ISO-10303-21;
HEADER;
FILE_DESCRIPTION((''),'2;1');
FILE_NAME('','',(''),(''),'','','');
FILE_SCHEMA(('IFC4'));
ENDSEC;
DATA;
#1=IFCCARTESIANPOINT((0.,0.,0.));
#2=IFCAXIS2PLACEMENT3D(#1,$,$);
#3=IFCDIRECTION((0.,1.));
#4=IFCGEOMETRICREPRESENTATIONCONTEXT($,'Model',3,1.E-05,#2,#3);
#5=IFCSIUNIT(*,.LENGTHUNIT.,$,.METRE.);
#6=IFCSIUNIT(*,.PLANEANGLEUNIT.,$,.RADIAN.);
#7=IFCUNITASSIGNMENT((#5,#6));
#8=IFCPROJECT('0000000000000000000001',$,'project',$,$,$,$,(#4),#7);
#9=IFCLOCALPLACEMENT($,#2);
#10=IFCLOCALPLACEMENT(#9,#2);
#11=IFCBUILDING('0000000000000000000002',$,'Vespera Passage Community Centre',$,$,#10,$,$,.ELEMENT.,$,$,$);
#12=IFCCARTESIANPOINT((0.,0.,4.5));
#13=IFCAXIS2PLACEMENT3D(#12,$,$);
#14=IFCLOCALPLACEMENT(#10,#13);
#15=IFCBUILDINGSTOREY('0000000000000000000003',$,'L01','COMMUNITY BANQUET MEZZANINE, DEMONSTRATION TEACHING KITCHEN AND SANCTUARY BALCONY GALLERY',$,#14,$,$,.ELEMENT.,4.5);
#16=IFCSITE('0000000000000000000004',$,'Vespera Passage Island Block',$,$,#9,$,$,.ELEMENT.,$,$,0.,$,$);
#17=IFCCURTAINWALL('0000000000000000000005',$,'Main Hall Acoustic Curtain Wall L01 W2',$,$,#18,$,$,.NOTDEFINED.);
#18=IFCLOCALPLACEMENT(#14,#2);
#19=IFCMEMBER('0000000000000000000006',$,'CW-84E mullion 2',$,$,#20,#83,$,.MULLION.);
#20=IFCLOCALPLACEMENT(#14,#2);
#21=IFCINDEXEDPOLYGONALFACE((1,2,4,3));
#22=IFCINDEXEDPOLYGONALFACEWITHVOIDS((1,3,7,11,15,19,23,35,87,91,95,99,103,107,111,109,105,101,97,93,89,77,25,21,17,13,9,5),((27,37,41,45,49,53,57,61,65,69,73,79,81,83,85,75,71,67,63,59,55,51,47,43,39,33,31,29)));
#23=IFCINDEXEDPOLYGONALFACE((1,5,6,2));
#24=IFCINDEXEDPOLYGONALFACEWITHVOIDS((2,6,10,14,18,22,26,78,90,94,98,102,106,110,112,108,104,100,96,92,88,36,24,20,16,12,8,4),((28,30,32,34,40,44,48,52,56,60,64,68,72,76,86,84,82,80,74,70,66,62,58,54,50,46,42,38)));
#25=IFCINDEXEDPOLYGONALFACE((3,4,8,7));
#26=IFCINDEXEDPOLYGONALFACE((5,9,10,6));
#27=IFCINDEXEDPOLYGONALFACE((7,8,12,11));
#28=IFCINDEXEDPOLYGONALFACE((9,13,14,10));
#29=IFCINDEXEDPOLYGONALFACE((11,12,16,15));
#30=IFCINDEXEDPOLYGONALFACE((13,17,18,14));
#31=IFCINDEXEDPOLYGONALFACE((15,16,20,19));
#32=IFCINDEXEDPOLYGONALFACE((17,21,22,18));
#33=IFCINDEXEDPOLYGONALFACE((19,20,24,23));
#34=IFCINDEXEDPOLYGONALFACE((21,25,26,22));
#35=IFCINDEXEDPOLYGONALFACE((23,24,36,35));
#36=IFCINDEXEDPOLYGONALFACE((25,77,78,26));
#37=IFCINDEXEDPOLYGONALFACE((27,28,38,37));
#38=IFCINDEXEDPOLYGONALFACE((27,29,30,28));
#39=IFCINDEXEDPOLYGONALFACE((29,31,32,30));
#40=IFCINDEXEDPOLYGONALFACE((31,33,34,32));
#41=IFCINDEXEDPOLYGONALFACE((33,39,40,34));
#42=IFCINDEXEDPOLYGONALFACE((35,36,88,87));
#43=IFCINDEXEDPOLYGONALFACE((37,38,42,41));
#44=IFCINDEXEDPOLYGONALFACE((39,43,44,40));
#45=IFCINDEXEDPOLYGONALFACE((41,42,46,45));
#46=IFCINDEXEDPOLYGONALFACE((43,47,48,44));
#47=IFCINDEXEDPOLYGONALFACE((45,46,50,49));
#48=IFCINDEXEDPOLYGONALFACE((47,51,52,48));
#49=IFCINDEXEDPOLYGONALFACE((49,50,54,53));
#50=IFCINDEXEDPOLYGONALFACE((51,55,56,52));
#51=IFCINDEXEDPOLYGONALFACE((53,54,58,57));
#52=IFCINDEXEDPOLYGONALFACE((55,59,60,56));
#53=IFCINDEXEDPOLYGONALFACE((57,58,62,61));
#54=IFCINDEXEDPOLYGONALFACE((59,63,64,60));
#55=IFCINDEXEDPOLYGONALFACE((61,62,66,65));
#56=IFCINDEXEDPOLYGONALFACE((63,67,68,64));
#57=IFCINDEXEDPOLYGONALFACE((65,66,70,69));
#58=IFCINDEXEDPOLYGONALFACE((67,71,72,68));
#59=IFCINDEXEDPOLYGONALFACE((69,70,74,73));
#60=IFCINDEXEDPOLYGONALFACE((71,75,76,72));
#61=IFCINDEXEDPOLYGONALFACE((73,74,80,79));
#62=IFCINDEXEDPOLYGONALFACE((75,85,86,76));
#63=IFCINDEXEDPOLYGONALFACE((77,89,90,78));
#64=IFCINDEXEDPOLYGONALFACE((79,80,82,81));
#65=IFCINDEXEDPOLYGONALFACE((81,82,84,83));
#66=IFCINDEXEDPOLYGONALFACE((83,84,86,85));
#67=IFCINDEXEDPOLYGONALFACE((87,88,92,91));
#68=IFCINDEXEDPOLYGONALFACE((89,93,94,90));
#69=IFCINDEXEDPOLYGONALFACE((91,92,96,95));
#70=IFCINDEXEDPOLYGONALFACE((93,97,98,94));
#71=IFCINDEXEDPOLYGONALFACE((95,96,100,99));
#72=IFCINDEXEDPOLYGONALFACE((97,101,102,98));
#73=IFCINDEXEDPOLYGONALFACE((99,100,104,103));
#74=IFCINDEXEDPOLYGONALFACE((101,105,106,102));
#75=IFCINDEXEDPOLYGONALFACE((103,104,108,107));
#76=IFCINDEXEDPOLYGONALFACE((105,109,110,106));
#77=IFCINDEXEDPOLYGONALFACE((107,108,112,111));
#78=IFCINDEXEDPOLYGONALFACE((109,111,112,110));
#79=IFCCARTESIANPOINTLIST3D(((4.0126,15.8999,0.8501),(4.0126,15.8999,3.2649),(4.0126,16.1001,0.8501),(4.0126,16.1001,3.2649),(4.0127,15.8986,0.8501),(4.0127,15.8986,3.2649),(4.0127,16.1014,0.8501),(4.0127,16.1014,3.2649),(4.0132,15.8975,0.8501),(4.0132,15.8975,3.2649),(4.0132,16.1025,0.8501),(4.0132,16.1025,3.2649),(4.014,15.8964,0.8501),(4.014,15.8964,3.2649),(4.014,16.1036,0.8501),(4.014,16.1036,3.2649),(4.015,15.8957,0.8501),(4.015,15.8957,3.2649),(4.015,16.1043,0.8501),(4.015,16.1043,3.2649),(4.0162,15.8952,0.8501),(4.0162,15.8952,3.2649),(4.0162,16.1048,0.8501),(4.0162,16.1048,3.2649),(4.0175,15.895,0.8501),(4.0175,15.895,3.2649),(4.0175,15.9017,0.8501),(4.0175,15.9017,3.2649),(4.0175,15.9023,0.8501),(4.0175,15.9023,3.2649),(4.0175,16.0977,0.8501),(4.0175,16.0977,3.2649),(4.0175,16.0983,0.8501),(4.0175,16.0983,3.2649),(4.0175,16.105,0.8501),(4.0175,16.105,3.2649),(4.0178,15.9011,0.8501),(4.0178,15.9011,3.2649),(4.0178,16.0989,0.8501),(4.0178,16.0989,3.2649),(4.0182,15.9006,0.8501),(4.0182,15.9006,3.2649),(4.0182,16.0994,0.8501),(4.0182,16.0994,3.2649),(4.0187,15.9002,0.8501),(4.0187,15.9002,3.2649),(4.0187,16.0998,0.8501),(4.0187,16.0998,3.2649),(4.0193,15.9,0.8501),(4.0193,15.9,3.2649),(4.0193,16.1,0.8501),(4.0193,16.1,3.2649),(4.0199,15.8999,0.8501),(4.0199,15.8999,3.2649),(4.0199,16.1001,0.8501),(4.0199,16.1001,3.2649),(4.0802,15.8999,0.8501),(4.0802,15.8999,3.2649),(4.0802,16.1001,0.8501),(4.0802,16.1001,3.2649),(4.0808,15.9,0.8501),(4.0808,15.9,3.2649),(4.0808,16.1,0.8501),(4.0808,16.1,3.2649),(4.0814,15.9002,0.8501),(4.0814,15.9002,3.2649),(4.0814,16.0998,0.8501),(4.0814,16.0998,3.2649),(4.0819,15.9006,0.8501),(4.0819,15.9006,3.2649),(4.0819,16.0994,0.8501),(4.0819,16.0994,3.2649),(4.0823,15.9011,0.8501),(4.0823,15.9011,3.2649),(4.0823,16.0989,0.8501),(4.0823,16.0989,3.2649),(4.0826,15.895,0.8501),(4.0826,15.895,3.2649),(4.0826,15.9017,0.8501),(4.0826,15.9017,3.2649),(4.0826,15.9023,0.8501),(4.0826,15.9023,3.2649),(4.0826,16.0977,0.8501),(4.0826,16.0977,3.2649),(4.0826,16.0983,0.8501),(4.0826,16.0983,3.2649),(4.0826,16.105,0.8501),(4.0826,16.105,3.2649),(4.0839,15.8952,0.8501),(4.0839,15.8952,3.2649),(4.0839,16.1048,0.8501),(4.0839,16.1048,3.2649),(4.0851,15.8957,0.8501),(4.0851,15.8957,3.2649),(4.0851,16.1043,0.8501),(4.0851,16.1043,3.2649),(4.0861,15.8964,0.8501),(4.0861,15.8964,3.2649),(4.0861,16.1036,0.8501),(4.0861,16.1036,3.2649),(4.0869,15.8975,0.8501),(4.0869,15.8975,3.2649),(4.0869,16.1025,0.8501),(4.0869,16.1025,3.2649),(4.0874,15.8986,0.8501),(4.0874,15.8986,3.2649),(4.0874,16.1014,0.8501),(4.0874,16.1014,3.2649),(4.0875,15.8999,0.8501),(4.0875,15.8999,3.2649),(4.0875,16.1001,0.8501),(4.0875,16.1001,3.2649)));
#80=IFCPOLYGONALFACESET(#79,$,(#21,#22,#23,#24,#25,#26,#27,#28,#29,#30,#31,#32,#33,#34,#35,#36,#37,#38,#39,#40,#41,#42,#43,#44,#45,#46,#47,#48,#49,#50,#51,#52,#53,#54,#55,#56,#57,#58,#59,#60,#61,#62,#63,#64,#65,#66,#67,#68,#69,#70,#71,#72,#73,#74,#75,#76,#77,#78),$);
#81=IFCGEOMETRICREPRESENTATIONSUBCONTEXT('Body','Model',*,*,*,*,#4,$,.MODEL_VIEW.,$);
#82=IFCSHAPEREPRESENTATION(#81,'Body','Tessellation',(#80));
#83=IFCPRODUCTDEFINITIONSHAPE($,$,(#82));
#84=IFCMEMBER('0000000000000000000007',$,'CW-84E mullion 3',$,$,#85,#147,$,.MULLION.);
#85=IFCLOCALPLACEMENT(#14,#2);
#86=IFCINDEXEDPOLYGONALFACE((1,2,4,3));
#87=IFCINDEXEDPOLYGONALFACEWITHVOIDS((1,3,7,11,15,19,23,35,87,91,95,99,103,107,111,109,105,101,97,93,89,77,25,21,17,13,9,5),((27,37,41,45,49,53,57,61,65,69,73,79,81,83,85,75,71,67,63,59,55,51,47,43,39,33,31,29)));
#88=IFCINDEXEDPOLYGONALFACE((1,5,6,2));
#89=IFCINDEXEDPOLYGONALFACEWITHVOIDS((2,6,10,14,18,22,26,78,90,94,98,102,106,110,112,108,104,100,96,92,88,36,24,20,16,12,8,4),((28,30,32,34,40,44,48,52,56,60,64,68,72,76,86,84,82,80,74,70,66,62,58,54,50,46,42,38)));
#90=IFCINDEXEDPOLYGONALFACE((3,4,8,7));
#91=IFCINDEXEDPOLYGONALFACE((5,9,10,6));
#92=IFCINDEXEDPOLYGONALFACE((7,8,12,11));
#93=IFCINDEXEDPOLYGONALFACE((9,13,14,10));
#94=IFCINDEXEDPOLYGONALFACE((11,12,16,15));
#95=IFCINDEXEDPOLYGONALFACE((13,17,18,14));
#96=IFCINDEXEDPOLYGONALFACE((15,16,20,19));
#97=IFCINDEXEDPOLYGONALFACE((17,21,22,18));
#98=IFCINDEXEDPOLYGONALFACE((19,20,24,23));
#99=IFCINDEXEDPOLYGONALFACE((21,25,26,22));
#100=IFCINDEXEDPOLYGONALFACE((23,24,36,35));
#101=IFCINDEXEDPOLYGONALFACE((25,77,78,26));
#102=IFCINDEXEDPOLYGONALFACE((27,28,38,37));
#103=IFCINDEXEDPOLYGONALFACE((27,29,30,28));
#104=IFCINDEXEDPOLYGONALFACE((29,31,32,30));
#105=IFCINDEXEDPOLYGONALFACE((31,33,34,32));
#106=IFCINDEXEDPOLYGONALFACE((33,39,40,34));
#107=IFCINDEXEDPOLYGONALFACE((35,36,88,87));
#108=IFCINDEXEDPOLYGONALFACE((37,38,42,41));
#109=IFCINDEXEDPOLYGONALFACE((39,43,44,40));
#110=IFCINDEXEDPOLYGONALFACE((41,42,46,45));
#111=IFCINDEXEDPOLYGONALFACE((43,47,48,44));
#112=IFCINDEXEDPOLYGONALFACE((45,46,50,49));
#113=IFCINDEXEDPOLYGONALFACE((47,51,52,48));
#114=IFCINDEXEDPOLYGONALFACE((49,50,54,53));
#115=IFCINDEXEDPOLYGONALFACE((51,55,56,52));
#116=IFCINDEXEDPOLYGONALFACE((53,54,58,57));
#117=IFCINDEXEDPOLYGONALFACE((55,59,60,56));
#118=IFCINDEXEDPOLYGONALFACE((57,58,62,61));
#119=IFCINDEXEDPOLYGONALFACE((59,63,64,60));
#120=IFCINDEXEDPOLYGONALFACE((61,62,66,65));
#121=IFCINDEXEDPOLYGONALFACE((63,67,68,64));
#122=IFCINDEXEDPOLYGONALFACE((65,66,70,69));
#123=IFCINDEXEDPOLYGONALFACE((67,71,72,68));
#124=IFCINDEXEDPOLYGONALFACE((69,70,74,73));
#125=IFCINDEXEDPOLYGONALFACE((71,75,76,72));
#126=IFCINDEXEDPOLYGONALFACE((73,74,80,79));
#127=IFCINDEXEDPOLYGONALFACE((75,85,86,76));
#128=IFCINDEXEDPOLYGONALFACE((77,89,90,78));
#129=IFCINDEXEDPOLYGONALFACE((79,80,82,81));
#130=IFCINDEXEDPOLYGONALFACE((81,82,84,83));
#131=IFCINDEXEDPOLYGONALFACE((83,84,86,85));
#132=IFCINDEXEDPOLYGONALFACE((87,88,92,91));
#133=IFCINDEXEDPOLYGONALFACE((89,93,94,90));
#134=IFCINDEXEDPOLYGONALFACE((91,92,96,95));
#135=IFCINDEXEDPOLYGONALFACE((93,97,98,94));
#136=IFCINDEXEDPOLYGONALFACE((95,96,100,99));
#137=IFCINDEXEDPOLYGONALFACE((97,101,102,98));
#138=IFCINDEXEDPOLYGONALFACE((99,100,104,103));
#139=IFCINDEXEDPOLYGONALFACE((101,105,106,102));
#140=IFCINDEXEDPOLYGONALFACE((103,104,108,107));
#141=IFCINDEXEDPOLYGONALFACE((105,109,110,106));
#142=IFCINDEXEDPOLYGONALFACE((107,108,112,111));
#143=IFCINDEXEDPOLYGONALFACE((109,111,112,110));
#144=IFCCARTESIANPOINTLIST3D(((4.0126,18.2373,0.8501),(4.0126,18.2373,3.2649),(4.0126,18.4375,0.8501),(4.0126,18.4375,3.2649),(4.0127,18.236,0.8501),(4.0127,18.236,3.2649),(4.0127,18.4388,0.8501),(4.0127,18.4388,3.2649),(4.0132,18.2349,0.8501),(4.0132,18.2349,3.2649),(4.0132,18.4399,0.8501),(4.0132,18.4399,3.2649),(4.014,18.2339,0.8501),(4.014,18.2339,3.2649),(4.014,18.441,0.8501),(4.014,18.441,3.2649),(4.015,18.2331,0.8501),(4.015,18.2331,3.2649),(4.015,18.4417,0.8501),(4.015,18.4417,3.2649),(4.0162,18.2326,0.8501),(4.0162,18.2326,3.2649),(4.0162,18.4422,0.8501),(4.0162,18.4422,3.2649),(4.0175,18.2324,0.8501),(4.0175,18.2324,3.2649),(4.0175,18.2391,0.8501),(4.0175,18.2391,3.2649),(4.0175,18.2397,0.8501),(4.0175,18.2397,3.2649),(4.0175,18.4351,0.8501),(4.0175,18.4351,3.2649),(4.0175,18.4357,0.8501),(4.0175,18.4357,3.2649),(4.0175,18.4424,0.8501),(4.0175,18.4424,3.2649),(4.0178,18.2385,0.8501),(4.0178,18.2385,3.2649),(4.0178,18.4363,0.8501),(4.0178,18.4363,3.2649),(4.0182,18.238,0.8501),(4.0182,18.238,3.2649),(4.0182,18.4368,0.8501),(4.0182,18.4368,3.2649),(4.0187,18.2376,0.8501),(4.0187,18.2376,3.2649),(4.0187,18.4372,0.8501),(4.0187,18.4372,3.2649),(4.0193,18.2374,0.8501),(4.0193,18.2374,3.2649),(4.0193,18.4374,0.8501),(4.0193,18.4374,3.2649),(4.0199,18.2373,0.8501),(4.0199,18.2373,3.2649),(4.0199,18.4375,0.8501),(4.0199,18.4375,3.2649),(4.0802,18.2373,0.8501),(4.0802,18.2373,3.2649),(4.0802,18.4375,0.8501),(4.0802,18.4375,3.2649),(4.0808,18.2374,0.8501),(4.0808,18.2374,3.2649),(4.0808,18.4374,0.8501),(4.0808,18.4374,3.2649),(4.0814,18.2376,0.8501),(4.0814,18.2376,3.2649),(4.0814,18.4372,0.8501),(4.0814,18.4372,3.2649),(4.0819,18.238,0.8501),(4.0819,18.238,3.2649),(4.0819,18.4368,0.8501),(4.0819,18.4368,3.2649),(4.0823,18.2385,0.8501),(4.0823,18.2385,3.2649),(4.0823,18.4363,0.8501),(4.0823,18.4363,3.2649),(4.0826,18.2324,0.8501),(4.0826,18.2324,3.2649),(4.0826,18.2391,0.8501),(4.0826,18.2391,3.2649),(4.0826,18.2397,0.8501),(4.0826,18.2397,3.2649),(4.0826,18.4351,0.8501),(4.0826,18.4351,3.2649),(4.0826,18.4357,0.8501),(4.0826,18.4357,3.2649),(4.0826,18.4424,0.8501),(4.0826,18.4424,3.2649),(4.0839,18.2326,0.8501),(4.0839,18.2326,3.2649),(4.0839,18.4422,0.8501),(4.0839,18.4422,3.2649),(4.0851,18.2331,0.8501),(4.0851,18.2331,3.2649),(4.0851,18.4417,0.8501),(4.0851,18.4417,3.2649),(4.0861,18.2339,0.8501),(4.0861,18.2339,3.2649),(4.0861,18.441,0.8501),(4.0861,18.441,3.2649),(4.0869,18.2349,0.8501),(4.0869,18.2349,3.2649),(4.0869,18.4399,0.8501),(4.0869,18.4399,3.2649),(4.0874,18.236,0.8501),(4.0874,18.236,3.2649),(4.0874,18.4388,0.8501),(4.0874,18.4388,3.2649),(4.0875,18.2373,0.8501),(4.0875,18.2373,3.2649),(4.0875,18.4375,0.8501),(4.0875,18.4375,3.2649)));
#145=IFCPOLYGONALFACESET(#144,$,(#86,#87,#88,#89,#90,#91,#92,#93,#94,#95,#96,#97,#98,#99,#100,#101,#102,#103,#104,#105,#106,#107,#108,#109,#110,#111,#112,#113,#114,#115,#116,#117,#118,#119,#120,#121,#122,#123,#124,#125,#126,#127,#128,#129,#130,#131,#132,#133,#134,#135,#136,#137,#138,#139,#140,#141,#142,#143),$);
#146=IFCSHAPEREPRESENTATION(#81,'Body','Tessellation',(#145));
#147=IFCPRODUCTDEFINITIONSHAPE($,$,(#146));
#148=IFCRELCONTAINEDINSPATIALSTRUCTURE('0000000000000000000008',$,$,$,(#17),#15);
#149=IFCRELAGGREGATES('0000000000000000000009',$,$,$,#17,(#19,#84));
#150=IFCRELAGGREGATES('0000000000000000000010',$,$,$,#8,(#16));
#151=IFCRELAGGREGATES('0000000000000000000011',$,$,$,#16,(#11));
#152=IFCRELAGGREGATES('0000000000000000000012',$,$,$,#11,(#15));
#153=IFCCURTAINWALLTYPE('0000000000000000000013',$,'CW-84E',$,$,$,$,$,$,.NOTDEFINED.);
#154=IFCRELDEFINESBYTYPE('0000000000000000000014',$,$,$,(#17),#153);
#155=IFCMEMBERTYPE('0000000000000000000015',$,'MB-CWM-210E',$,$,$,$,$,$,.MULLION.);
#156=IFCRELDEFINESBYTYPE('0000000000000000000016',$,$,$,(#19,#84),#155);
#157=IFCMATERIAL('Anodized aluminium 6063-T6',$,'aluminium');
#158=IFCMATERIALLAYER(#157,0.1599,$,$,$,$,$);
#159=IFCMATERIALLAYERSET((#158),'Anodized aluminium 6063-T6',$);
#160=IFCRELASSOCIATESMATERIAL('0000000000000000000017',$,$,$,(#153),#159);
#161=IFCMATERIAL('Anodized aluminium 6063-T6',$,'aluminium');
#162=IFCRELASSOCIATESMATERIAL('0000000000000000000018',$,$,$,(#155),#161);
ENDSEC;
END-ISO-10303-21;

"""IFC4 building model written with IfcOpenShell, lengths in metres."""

from ifc_helpers import new_model, si_unit, direction, frame, origin, origin_2d, place, context, subcontext, project, spatial, hollow_rectangle, extrude, material, layer, layer_set, material_profile, profile_set, type_object, element, aggregate, save


model = new_model("IFC4")

# Units and contexts
model_context = context("Model", 3, precision=1e-05, world=origin(), true_north=direction((0.0, 1.0)))
body_context = subcontext(model_context, "Body", "Model", "MODEL_VIEW")
ifc_project = project(units=[si_unit("LENGTHUNIT", "METRE"), si_unit("PLANEANGLEUNIT", "RADIAN")], contexts=[model_context])

# Site, building, storey
site_placement = place(None, origin())
site = spatial("IfcSite", under=ifc_project, at=site_placement, Name="Vespera Passage Island Block", CompositionType="ELEMENT", RefElevation=0.0)
building_placement = place(site_placement, origin())
building = spatial("IfcBuilding", under=site, at=building_placement, Name="Vespera Passage Community Centre", CompositionType="ELEMENT")
storey_placement = place(building_placement, frame((0.0, 0.0, 4.5)))
storey = spatial("IfcBuildingStorey", under=building, at=storey_placement, Name="L01", Description="COMMUNITY BANQUET MEZZANINE, DEMONSTRATION TEACHING KITCHEN AND SANCTUARY BALCONY GALLERY", CompositionType="ELEMENT", Elevation=4.5)

# Curtain wall, members
ifc_material_1 = material(Name="Anodized aluminium 6063-T6", Category="aluminium")
ifc_layer_1 = layer(ifc_material_1, 0.1599)
ifc_layer_set_1 = layer_set([ifc_layer_1], Name="Anodized aluminium 6063-T6")
curtain_wall_type = type_object("IfcCurtainWallType", Name="CW-84E", PredefinedType="NOTDEFINED", material=ifc_layer_set_1)
curtain_wall_1_placement = place(storey_placement, origin())
curtain_wall_1 = element("IfcCurtainWall", 1, at=curtain_wall_1_placement, inside=storey, type_object=curtain_wall_type, Name="Main Hall Acoustic Curtain Wall L01 W2", PredefinedType="NOTDEFINED")
ifc_material_2 = material(Name="Anodized aluminium 6063-T6", Category="aluminium")
ifc_material_profile_1 = material_profile(ifc_material_2, hollow_rectangle(XDim=0.075, YDim=0.21, WallThickness=0.0049, InnerFilletRadius=0.0024, OuterFilletRadius=0.0049, at=origin_2d()), Name="ALU210X75X5")
ifc_profile_set_1 = profile_set([ifc_material_profile_1], Name="Anodized aluminium 6063-T6")
member_type_1 = type_object("IfcMemberType", Name="MB-CWM-210E", PredefinedType="MULLION", material=ifc_profile_set_1)
member_1_placement = place(storey_placement, frame((4.05, 16.0, 0.8501), z_axis=(0.0, 0.0, 1.0), x_axis=(-1.0, 0.0, 0.0)))
member_1 = element("IfcMember", 2, at=member_1_placement, type_object=member_type_1, Name="CW-84E mullion 2", PredefinedType="MULLION", context=body_context, shape_type="SweptSolid", body=[
    extrude(hollow_rectangle(XDim=0.075, YDim=0.21, WallThickness=0.0049, InnerFilletRadius=0.0024, OuterFilletRadius=0.0049, at=origin_2d()), origin(), (0.0, 0.0, 1.0), 2.4148),
])
member_2_placement = place(storey_placement, frame((4.05, 18.3374, 0.8501), z_axis=(0.0, 0.0, 1.0), x_axis=(-1.0, 0.0, 0.0)))
member_2 = element("IfcMember", 3, at=member_2_placement, type_object=member_type_1, Name="CW-84E mullion 3", PredefinedType="MULLION", context=body_context, shape_type="SweptSolid", body=[
    extrude(hollow_rectangle(XDim=0.075, YDim=0.21, WallThickness=0.0049, InnerFilletRadius=0.0024, OuterFilletRadius=0.0049, at=origin_2d()), origin(), (0.0, 0.0, 1.0), 2.4148),
])

aggregate(curtain_wall_1, [member_1, member_2])

save(model, "model.ifc")
